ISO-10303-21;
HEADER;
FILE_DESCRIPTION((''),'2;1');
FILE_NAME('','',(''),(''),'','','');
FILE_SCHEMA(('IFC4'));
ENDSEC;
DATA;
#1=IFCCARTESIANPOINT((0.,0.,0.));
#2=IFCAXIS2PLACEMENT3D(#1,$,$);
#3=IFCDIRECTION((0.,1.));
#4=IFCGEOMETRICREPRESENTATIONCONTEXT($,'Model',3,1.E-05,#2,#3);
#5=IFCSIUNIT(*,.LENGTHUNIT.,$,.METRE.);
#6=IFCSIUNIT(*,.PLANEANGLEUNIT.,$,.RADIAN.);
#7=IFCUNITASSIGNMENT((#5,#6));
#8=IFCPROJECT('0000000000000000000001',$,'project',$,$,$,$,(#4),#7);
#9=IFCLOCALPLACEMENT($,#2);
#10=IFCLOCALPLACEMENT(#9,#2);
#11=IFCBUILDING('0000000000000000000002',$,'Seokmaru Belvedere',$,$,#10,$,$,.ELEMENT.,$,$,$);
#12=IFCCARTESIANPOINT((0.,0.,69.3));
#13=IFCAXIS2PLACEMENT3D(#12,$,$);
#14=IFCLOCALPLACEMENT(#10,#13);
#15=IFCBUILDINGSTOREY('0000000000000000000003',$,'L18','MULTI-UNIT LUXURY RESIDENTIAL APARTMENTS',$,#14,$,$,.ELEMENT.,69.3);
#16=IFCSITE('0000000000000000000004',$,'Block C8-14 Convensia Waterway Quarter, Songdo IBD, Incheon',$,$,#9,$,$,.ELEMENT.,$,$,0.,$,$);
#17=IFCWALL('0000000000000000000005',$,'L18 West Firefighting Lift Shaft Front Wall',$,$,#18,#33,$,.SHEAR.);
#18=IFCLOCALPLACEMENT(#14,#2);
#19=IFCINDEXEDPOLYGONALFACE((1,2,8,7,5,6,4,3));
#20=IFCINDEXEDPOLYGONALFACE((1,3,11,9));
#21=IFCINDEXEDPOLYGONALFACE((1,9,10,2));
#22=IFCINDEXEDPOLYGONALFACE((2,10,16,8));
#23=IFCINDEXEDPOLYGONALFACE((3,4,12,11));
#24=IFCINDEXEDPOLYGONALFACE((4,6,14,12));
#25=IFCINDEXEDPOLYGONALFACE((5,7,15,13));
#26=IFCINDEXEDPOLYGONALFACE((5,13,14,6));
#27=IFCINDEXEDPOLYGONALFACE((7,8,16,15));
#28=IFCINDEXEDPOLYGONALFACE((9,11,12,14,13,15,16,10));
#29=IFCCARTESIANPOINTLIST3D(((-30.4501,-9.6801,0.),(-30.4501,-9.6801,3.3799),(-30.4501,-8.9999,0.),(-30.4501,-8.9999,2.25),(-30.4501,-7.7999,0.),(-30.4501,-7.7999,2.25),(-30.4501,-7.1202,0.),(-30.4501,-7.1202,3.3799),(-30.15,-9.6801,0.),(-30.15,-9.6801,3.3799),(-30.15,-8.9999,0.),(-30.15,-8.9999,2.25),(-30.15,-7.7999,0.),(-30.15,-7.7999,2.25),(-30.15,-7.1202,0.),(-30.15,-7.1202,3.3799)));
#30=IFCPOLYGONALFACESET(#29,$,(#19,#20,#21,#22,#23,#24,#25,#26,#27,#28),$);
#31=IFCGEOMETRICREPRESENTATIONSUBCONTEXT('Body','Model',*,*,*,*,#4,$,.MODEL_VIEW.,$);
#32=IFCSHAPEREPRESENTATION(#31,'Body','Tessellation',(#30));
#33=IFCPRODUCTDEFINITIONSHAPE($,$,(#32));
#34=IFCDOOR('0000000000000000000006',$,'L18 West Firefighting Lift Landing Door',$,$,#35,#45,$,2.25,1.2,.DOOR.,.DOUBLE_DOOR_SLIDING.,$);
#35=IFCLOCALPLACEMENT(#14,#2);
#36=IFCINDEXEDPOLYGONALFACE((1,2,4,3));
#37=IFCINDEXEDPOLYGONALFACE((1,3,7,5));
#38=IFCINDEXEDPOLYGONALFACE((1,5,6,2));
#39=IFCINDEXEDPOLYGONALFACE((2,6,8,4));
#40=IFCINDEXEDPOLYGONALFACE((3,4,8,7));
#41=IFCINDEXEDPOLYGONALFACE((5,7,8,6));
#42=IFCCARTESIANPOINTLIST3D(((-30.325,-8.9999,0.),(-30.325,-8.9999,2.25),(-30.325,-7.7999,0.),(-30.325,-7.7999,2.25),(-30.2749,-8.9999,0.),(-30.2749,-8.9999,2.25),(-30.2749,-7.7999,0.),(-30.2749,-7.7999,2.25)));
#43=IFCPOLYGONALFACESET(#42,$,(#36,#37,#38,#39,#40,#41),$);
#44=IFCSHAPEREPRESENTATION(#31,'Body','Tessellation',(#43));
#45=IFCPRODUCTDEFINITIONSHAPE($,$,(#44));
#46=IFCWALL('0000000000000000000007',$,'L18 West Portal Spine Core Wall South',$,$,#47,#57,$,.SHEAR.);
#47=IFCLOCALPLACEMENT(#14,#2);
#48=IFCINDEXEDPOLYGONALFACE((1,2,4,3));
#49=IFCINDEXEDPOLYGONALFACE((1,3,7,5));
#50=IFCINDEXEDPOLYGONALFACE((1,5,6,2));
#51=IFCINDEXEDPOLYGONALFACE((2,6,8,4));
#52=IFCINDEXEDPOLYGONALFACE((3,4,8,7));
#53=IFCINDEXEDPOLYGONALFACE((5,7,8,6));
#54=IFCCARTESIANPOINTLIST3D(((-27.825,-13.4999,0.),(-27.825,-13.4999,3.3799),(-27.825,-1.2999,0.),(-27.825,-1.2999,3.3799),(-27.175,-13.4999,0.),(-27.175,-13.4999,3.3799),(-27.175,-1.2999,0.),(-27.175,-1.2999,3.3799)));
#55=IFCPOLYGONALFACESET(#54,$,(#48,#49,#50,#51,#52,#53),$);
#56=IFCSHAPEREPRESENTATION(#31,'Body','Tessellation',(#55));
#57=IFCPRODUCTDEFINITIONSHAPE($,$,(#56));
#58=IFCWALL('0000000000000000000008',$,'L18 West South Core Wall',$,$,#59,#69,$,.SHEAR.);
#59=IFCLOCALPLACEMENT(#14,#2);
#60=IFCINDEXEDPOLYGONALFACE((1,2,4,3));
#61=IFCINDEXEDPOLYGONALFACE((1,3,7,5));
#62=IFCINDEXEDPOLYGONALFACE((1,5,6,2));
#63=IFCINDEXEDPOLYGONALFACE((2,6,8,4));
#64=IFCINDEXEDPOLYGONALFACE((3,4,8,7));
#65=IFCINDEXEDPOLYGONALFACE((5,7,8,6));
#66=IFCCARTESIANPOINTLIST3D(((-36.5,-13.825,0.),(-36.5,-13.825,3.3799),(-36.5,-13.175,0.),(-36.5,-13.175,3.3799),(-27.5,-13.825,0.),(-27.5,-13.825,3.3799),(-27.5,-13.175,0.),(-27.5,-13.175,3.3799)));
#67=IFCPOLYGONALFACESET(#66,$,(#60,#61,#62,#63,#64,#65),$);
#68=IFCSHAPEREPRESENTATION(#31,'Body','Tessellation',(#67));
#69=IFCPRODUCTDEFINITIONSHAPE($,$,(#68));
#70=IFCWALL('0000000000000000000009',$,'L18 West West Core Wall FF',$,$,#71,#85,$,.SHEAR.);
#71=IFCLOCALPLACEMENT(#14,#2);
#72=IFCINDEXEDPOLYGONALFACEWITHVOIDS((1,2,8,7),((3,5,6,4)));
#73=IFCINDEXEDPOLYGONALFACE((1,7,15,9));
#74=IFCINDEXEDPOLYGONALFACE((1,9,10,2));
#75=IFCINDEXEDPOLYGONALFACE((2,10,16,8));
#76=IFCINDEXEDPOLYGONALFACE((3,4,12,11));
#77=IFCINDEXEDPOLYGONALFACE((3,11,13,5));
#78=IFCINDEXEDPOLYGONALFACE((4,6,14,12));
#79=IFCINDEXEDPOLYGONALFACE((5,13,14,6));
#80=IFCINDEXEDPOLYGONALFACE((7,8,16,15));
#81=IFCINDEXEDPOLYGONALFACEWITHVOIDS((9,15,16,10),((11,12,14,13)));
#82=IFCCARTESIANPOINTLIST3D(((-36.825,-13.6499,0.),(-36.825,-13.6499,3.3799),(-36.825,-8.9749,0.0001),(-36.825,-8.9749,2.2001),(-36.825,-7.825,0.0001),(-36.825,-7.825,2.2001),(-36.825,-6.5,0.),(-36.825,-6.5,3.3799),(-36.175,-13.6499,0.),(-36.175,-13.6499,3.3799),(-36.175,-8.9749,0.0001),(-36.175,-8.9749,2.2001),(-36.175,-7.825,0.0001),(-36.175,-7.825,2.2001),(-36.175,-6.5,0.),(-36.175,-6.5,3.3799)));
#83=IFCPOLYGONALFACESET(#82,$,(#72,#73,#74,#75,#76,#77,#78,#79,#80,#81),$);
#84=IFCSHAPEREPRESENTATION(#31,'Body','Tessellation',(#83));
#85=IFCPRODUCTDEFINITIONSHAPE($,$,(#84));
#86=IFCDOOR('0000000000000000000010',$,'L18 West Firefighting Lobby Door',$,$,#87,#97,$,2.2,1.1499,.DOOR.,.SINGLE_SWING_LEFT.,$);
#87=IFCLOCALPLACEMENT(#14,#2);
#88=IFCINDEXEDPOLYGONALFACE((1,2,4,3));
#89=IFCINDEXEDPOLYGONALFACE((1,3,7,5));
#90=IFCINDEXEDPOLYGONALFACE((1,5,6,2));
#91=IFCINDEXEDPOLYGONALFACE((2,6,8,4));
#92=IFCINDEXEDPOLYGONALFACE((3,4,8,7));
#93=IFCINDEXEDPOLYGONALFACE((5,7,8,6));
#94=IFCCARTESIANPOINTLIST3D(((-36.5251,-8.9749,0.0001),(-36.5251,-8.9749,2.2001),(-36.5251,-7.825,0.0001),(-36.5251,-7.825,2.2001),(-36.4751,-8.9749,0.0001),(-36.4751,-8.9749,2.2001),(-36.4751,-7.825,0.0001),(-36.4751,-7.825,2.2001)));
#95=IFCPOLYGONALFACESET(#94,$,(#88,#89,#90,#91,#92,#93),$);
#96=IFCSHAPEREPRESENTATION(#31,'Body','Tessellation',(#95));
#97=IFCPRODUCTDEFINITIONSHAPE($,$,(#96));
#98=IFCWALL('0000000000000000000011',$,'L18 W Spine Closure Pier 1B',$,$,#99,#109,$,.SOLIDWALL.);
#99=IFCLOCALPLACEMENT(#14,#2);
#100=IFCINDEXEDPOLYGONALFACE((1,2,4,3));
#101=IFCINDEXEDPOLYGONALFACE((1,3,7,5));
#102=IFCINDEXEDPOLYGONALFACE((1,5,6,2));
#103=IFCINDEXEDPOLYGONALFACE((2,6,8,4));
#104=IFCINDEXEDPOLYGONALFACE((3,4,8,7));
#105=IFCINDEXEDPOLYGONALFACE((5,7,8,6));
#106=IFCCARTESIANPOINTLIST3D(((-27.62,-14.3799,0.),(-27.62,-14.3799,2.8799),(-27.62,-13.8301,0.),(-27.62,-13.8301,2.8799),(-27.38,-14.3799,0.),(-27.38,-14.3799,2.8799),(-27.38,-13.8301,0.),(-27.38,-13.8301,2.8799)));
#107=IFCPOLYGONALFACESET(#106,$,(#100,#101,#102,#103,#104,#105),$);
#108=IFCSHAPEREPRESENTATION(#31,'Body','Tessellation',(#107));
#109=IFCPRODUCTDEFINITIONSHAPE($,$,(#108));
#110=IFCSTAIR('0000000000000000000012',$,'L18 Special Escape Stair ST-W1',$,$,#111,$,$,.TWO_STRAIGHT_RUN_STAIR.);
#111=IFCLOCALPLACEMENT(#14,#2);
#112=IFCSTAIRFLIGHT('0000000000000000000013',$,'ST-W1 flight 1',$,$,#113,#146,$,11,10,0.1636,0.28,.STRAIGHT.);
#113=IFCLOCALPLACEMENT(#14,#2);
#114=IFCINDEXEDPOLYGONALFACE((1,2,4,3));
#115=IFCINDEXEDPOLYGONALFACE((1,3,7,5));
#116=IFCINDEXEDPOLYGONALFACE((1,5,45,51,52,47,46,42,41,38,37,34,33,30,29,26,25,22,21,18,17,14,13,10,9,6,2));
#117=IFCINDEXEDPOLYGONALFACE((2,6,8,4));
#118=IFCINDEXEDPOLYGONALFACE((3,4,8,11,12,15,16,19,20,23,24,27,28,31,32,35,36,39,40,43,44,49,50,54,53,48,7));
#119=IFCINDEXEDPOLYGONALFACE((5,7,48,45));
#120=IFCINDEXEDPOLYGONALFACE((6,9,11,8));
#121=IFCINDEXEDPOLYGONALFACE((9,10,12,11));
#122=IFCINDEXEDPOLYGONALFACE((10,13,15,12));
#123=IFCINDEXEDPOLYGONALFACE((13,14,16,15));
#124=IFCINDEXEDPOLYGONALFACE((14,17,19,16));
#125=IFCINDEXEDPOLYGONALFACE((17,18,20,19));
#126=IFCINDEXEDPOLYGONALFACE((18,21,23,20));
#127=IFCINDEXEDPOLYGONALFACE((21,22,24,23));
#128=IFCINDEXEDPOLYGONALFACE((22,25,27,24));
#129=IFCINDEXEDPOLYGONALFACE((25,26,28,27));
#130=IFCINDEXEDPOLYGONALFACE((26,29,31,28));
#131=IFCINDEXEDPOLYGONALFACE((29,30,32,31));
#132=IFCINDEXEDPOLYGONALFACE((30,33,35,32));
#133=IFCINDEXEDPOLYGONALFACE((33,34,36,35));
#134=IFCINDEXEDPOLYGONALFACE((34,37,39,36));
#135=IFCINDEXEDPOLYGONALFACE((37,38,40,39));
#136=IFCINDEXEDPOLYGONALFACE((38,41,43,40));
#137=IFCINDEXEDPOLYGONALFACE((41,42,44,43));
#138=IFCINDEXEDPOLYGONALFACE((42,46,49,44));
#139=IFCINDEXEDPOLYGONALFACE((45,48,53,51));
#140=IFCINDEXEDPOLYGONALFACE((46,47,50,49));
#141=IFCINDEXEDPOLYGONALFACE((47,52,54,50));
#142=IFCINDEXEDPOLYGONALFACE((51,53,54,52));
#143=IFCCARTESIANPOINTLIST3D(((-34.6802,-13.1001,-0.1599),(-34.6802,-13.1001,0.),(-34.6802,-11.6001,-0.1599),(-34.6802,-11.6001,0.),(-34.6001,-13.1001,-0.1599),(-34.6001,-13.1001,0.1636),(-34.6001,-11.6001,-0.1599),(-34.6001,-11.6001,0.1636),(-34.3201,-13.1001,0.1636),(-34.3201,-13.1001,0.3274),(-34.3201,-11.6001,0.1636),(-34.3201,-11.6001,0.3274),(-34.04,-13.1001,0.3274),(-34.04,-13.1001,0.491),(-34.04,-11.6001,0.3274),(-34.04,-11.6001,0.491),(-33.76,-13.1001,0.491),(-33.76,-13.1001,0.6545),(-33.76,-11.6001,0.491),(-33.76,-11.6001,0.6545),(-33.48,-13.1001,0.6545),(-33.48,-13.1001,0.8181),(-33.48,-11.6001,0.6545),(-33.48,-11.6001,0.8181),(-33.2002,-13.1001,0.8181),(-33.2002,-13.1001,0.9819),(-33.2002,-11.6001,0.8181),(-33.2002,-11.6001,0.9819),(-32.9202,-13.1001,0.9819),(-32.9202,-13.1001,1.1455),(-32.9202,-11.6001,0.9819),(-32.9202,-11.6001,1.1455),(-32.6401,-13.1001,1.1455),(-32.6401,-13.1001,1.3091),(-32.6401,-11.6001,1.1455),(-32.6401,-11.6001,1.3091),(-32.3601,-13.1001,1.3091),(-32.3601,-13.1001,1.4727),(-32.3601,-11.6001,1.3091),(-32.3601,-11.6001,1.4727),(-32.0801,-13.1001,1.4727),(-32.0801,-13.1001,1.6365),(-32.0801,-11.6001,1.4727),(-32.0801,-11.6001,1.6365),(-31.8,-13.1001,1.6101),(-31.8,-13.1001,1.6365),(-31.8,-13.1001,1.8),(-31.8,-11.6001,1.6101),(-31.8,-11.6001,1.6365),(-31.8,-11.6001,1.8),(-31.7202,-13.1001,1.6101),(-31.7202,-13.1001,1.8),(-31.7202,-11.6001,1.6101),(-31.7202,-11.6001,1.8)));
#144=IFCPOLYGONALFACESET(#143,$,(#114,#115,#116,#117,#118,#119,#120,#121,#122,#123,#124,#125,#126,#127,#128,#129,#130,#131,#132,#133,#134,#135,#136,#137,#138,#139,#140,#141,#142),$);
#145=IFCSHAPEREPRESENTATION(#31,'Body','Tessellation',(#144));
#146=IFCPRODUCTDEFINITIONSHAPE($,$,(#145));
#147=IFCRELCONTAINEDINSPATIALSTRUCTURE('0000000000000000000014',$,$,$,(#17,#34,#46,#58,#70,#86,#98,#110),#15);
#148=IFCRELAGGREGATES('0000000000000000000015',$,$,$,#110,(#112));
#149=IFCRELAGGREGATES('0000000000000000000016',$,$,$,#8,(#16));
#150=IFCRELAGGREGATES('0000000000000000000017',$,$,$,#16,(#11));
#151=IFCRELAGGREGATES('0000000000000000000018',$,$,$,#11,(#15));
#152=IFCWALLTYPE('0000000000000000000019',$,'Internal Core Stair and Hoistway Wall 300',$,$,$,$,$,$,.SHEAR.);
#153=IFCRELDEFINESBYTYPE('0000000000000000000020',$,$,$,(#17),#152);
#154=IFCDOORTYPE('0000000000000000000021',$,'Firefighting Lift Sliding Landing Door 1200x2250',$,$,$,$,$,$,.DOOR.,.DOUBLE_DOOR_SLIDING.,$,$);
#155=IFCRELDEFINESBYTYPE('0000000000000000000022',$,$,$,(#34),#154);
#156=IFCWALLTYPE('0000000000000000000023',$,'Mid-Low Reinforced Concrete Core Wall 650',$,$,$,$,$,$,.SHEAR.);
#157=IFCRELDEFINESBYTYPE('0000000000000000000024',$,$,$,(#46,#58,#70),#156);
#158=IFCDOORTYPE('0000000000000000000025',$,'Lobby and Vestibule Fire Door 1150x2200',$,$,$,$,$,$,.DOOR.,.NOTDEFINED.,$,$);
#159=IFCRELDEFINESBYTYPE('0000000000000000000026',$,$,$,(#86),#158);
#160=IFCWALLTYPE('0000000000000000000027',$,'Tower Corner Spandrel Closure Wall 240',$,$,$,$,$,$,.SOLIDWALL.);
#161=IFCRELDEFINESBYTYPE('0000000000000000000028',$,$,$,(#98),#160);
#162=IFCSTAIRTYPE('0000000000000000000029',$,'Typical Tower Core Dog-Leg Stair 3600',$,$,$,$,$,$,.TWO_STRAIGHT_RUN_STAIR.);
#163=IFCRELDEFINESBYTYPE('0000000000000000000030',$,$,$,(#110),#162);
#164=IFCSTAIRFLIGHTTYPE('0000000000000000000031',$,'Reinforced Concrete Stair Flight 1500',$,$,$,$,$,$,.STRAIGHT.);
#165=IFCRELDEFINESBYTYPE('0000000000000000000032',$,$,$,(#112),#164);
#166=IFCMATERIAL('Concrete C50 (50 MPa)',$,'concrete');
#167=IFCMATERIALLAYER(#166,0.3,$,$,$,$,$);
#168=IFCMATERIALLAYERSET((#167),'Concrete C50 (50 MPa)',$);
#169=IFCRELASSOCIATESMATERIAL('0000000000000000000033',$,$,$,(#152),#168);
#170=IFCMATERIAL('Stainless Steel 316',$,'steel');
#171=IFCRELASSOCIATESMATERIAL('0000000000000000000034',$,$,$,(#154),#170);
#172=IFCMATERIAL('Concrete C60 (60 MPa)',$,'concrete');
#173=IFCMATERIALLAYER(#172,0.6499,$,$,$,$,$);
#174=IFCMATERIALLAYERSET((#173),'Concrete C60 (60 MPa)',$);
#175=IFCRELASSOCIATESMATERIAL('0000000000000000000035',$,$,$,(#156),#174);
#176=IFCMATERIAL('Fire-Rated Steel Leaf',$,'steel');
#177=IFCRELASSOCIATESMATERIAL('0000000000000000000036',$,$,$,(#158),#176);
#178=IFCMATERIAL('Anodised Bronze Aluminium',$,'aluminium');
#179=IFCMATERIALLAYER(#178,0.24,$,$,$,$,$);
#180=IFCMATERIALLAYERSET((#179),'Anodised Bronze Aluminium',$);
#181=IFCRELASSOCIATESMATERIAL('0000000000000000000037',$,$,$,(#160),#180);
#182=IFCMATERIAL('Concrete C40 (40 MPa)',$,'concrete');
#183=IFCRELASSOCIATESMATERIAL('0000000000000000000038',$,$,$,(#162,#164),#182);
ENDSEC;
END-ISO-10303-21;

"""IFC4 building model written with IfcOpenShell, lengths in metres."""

from ifc_helpers import new_model, si_unit, direction, frame, frame_2d, origin, place, context, subcontext, project, spatial, polyline, rectangle, outline, extrude, source, transform, mapped, material, layer, layer_set, type_object, type_shapes, element, fill, aggregate, save


model = new_model("IFC4")

# Units and contexts
model_context = context("Model", 3, precision=1e-05, world=origin(), true_north=direction((0.0, 1.0)))
body_context = subcontext(model_context, "Body", "Model", "MODEL_VIEW")
ifc_project = project(units=[si_unit("LENGTHUNIT", "METRE"), si_unit("PLANEANGLEUNIT", "RADIAN")], contexts=[model_context])

# Site, building, storey
site_placement = place(None, origin())
site = spatial("IfcSite", under=ifc_project, at=site_placement, Name="Block C8-14 Convensia Waterway Quarter, Songdo IBD, Incheon", CompositionType="ELEMENT", RefElevation=0.0)
building_placement = place(site_placement, origin())
building = spatial("IfcBuilding", under=site, at=building_placement, Name="Seokmaru Belvedere", CompositionType="ELEMENT")
storey_placement = place(building_placement, frame((0.0, 0.0, 69.3)))
storey = spatial("IfcBuildingStorey", under=building, at=storey_placement, Name="L18", Description="MULTI-UNIT LUXURY RESIDENTIAL APARTMENTS", CompositionType="ELEMENT", Elevation=69.3)

# Wall, opening, door
ifc_material_1 = material(Name="Concrete C50 (50 MPa)", Category="concrete")
ifc_layer_1 = layer(ifc_material_1, 0.3)
ifc_layer_set_1 = layer_set([ifc_layer_1], Name="Concrete C50 (50 MPa)")
wall_type_1 = type_object("IfcWallType", Name="Internal Core Stair and Hoistway Wall 300", PredefinedType="SHEAR", material=ifc_layer_set_1)
ifc_material_2 = material(Name="Fire-Rated Steel Leaf", Category="steel")
wall_1_placement = place(storey_placement, frame((-30.3, -9.6799, 0.0), z_axis=(0.0, 0.0, 1.0), x_axis=(0.0, 1.0, 0.0)))
wall_1 = element("IfcWall", 1, at=wall_1_placement, inside=storey, type_object=wall_type_1, Name="L18 West Firefighting Lift Shaft Front Wall", PredefinedType="SHEAR", context=body_context, shape_type="SweptSolid", body=[
    extrude(rectangle(XDim=2.5598, YDim=0.3, at=frame_2d((1.2798, 0.0))), origin(), (0.0, 0.0, 1.0), 3.3799),
])
opening_1_placement = place(wall_1_placement, frame((0.6799, 0.0, 0.0)))
opening_1 = element("IfcOpeningElement", 2, at=opening_1_placement, cuts=wall_1, PredefinedType="OPENING", context=body_context, shape_type="SweptSolid", body=[
    extrude(rectangle(XDim=1.2, YDim=2.25, at=frame_2d((0.6001, 1.125))), frame((0.0, 0.1602, 0.0), z_axis=(0.0, -1.0, 0.0), x_axis=(1.0, 0.0, 0.0)), (0.0, 0.0, 1.0), 0.3201),
])
ifc_material_3 = material(Name="Stainless Steel 316", Category="steel")
door_type_1 = type_object("IfcDoorType", Name="Firefighting Lift Sliding Landing Door 1200x2250", OperationType="DOUBLE_DOOR_SLIDING", PredefinedType="DOOR", material=ifc_material_3)
shared_shape_1 = source(origin(), body_context, "Body", "SweptSolid", [
    extrude(rectangle(XDim=1.2, YDim=2.25, at=frame_2d((0.6001, 1.125))), frame((0.0, 0.0249, 0.0), z_axis=(0.0, -1.0, 0.0), x_axis=(1.0, 0.0, 0.0)), (0.0, 0.0, 1.0), 0.05),
])
type_shapes(door_type_1, [shared_shape_1])
door_1_placement = place(opening_1_placement, origin())
door_1 = element("IfcDoor", 3, at=door_1_placement, inside=storey, type_object=door_type_1, Name="L18 West Firefighting Lift Landing Door", OperationType="DOUBLE_DOOR_SLIDING", OverallHeight=2.25, OverallWidth=1.2, PredefinedType="DOOR", context=body_context, shape_type="MappedRepresentation", body=[
    mapped(shared_shape_1, transform((0.0, 0.0, 0.0), scale=1.0)),
])
fill(opening_1, door_1)

# Walls
ifc_material_4 = material(Name="Concrete C60 (60 MPa)", Category="concrete")
ifc_layer_2 = layer(ifc_material_4, 0.6499)
ifc_layer_set_2 = layer_set([ifc_layer_2], Name="Concrete C60 (60 MPa)")
wall_type_2 = type_object("IfcWallType", Name="Mid-Low Reinforced Concrete Core Wall 650", PredefinedType="SHEAR", material=ifc_layer_set_2)
wall_2_placement = place(storey_placement, frame((-27.5, -13.5, 0.0), z_axis=(0.0, 0.0, 1.0), x_axis=(0.0, 1.0, 0.0)))
element("IfcWall", 4, at=wall_2_placement, inside=storey, type_object=wall_type_2, Name="L18 West Portal Spine Core Wall South", PredefinedType="SHEAR", context=body_context, shape_type="SweptSolid", body=[
    extrude(rectangle(XDim=12.2, YDim=0.6499, at=frame_2d((6.1001, 0.0))), origin(), (0.0, 0.0, 1.0), 3.3799),
])
wall_3_placement = place(storey_placement, frame((-36.5, -13.5, 0.0), z_axis=(0.0, 0.0, 1.0), x_axis=(1.0, 0.0, 0.0)))
element("IfcWall", 5, at=wall_3_placement, inside=storey, type_object=wall_type_2, Name="L18 West South Core Wall", PredefinedType="SHEAR", context=body_context, shape_type="SweptSolid", body=[
    extrude(rectangle(XDim=9.0, YDim=0.6499, at=frame_2d((4.5, 0.0))), origin(), (0.0, 0.0, 1.0), 3.3799),
])

# Wall, opening, door
wall_4_placement = place(storey_placement, frame((-36.5, -13.6499, 0.0), z_axis=(0.0, 0.0, 1.0), x_axis=(0.0, 1.0, 0.0)))
wall_4 = element("IfcWall", 6, at=wall_4_placement, inside=storey, type_object=wall_type_2, Name="L18 West West Core Wall FF", PredefinedType="SHEAR", context=body_context, shape_type="SweptSolid", body=[
    extrude(rectangle(XDim=7.1499, YDim=0.6499, at=frame_2d((3.575, 0.0))), origin(), (0.0, 0.0, 1.0), 3.3799),
])
opening_2_placement = place(wall_4_placement, frame((4.675, 0.0, 0.0)))
opening_2 = element("IfcOpeningElement", 7, at=opening_2_placement, cuts=wall_4, PredefinedType="OPENING", context=body_context, shape_type="SweptSolid", body=[
    extrude(rectangle(XDim=1.1499, YDim=2.2, at=frame_2d((0.575, 1.1001))), frame((0.0, 0.335, 0.0), z_axis=(0.0, -1.0, 0.0), x_axis=(1.0, 0.0, 0.0)), (0.0, 0.0, 1.0), 0.6699),
])
door_type_2 = type_object("IfcDoorType", Name="Lobby and Vestibule Fire Door 1150x2200", OperationType="NOTDEFINED", PredefinedType="DOOR", material=ifc_material_2)
shared_shape_2 = source(origin(), body_context, "Body", "SweptSolid", [
    extrude(rectangle(XDim=1.1499, YDim=2.2, at=frame_2d((0.575, 1.1001))), frame((0.0, 0.0249, 0.0), z_axis=(0.0, -1.0, 0.0), x_axis=(1.0, 0.0, 0.0)), (0.0, 0.0, 1.0), 0.05),
])
type_shapes(door_type_2, [shared_shape_2])
door_2_placement = place(opening_2_placement, frame((1.1499, 0.0, 0.0), z_axis=(0.0, 0.0, 1.0), x_axis=(-1.0, 0.0, 0.0)))
door_2 = element("IfcDoor", 8, at=door_2_placement, inside=storey, type_object=door_type_2, Name="L18 West Firefighting Lobby Door", OperationType="SINGLE_SWING_LEFT", OverallHeight=2.2, OverallWidth=1.1499, PredefinedType="DOOR", context=body_context, shape_type="MappedRepresentation", body=[
    mapped(shared_shape_2, transform((0.0, 0.0, 0.0), scale=1.0)),
])
fill(opening_2, door_2)

# Wall
ifc_material_5 = material(Name="Anodised Bronze Aluminium", Category="aluminium")
ifc_layer_3 = layer(ifc_material_5, 0.24)
ifc_layer_set_3 = layer_set([ifc_layer_3], Name="Anodised Bronze Aluminium")
wall_type_3 = type_object("IfcWallType", Name="Tower Corner Spandrel Closure Wall 240", PredefinedType="SOLIDWALL", material=ifc_layer_set_3)
wall_5_placement = place(storey_placement, frame((-27.5, -14.3799, 0.0), z_axis=(0.0, 0.0, 1.0), x_axis=(0.0, 1.0, 0.0)))
element("IfcWall", 9, at=wall_5_placement, inside=storey, type_object=wall_type_3, Name="L18 W Spine Closure Pier 1B", PredefinedType="SOLIDWALL", context=body_context, shape_type="SweptSolid", body=[
    extrude(rectangle(XDim=0.5498, YDim=0.24, at=frame_2d((0.2749, 0.0))), origin(), (0.0, 0.0, 1.0), 2.8799),
])

# Stair, stair flight
ifc_material_6 = material(Name="Concrete C40 (40 MPa)", Category="concrete")
stair_type = type_object("IfcStairType", Name="Typical Tower Core Dog-Leg Stair 3600", PredefinedType="TWO_STRAIGHT_RUN_STAIR", material=ifc_material_6)
stair_placement = place(storey_placement, origin())
stair = element("IfcStair", 10, at=stair_placement, inside=storey, type_object=stair_type, Name="L18 Special Escape Stair ST-W1", PredefinedType="TWO_STRAIGHT_RUN_STAIR")
stair_flight_type = type_object("IfcStairFlightType", Name="Reinforced Concrete Stair Flight 1500", PredefinedType="STRAIGHT", material=ifc_material_6)
stair_flight_1_placement = place(storey_placement, frame((-34.6001, -12.3501, 0.0), z_axis=(0.0, 0.0, 1.0), x_axis=(1.0, 0.0, 0.0)))
stair_flight_1 = element("IfcStairFlight", 11, at=stair_flight_1_placement, type_object=stair_flight_type, Name="ST-W1 flight 1", NumberOfRisers=11, NumberOfTreads=10, PredefinedType="STRAIGHT", RiserHeight=0.1636, TreadLength=0.28, context=body_context, shape_type="SweptSolid", body=[
    extrude(outline(polyline([(-0.0801, 0.0), (0.0, 0.1636), (0.28, 0.1636), (0.28, 0.3274), (0.5601, 0.3274), (0.5601, 0.491), (0.8401, 0.491), (0.8401, 0.6545), (1.1201, 0.6545), (1.1201, 0.8181), (1.3999, 0.8181), (1.3999, 0.9819), (1.6799, 0.9819), (1.6799, 1.1455), (1.96, 1.1455), (1.96, 1.3091), (2.24, 1.3091), (2.24, 1.4727), (2.52, 1.4727), (2.52, 1.6365), (2.8, 1.6365), (2.8, 1.8), (2.8799, 1.8), (2.8799, 1.6101), (2.8, 1.6101), (0.0, -0.1599), (-0.0801, -0.1599), (-0.0801, 0.0)])), frame((0.0, 0.75, 0.0), z_axis=(0.0, -1.0, 0.0), x_axis=(1.0, 0.0, 0.0)), (0.0, 0.0, 1.0), 1.5),
])
aggregate(stair, [stair_flight_1])

save(model, "model.ifc")
